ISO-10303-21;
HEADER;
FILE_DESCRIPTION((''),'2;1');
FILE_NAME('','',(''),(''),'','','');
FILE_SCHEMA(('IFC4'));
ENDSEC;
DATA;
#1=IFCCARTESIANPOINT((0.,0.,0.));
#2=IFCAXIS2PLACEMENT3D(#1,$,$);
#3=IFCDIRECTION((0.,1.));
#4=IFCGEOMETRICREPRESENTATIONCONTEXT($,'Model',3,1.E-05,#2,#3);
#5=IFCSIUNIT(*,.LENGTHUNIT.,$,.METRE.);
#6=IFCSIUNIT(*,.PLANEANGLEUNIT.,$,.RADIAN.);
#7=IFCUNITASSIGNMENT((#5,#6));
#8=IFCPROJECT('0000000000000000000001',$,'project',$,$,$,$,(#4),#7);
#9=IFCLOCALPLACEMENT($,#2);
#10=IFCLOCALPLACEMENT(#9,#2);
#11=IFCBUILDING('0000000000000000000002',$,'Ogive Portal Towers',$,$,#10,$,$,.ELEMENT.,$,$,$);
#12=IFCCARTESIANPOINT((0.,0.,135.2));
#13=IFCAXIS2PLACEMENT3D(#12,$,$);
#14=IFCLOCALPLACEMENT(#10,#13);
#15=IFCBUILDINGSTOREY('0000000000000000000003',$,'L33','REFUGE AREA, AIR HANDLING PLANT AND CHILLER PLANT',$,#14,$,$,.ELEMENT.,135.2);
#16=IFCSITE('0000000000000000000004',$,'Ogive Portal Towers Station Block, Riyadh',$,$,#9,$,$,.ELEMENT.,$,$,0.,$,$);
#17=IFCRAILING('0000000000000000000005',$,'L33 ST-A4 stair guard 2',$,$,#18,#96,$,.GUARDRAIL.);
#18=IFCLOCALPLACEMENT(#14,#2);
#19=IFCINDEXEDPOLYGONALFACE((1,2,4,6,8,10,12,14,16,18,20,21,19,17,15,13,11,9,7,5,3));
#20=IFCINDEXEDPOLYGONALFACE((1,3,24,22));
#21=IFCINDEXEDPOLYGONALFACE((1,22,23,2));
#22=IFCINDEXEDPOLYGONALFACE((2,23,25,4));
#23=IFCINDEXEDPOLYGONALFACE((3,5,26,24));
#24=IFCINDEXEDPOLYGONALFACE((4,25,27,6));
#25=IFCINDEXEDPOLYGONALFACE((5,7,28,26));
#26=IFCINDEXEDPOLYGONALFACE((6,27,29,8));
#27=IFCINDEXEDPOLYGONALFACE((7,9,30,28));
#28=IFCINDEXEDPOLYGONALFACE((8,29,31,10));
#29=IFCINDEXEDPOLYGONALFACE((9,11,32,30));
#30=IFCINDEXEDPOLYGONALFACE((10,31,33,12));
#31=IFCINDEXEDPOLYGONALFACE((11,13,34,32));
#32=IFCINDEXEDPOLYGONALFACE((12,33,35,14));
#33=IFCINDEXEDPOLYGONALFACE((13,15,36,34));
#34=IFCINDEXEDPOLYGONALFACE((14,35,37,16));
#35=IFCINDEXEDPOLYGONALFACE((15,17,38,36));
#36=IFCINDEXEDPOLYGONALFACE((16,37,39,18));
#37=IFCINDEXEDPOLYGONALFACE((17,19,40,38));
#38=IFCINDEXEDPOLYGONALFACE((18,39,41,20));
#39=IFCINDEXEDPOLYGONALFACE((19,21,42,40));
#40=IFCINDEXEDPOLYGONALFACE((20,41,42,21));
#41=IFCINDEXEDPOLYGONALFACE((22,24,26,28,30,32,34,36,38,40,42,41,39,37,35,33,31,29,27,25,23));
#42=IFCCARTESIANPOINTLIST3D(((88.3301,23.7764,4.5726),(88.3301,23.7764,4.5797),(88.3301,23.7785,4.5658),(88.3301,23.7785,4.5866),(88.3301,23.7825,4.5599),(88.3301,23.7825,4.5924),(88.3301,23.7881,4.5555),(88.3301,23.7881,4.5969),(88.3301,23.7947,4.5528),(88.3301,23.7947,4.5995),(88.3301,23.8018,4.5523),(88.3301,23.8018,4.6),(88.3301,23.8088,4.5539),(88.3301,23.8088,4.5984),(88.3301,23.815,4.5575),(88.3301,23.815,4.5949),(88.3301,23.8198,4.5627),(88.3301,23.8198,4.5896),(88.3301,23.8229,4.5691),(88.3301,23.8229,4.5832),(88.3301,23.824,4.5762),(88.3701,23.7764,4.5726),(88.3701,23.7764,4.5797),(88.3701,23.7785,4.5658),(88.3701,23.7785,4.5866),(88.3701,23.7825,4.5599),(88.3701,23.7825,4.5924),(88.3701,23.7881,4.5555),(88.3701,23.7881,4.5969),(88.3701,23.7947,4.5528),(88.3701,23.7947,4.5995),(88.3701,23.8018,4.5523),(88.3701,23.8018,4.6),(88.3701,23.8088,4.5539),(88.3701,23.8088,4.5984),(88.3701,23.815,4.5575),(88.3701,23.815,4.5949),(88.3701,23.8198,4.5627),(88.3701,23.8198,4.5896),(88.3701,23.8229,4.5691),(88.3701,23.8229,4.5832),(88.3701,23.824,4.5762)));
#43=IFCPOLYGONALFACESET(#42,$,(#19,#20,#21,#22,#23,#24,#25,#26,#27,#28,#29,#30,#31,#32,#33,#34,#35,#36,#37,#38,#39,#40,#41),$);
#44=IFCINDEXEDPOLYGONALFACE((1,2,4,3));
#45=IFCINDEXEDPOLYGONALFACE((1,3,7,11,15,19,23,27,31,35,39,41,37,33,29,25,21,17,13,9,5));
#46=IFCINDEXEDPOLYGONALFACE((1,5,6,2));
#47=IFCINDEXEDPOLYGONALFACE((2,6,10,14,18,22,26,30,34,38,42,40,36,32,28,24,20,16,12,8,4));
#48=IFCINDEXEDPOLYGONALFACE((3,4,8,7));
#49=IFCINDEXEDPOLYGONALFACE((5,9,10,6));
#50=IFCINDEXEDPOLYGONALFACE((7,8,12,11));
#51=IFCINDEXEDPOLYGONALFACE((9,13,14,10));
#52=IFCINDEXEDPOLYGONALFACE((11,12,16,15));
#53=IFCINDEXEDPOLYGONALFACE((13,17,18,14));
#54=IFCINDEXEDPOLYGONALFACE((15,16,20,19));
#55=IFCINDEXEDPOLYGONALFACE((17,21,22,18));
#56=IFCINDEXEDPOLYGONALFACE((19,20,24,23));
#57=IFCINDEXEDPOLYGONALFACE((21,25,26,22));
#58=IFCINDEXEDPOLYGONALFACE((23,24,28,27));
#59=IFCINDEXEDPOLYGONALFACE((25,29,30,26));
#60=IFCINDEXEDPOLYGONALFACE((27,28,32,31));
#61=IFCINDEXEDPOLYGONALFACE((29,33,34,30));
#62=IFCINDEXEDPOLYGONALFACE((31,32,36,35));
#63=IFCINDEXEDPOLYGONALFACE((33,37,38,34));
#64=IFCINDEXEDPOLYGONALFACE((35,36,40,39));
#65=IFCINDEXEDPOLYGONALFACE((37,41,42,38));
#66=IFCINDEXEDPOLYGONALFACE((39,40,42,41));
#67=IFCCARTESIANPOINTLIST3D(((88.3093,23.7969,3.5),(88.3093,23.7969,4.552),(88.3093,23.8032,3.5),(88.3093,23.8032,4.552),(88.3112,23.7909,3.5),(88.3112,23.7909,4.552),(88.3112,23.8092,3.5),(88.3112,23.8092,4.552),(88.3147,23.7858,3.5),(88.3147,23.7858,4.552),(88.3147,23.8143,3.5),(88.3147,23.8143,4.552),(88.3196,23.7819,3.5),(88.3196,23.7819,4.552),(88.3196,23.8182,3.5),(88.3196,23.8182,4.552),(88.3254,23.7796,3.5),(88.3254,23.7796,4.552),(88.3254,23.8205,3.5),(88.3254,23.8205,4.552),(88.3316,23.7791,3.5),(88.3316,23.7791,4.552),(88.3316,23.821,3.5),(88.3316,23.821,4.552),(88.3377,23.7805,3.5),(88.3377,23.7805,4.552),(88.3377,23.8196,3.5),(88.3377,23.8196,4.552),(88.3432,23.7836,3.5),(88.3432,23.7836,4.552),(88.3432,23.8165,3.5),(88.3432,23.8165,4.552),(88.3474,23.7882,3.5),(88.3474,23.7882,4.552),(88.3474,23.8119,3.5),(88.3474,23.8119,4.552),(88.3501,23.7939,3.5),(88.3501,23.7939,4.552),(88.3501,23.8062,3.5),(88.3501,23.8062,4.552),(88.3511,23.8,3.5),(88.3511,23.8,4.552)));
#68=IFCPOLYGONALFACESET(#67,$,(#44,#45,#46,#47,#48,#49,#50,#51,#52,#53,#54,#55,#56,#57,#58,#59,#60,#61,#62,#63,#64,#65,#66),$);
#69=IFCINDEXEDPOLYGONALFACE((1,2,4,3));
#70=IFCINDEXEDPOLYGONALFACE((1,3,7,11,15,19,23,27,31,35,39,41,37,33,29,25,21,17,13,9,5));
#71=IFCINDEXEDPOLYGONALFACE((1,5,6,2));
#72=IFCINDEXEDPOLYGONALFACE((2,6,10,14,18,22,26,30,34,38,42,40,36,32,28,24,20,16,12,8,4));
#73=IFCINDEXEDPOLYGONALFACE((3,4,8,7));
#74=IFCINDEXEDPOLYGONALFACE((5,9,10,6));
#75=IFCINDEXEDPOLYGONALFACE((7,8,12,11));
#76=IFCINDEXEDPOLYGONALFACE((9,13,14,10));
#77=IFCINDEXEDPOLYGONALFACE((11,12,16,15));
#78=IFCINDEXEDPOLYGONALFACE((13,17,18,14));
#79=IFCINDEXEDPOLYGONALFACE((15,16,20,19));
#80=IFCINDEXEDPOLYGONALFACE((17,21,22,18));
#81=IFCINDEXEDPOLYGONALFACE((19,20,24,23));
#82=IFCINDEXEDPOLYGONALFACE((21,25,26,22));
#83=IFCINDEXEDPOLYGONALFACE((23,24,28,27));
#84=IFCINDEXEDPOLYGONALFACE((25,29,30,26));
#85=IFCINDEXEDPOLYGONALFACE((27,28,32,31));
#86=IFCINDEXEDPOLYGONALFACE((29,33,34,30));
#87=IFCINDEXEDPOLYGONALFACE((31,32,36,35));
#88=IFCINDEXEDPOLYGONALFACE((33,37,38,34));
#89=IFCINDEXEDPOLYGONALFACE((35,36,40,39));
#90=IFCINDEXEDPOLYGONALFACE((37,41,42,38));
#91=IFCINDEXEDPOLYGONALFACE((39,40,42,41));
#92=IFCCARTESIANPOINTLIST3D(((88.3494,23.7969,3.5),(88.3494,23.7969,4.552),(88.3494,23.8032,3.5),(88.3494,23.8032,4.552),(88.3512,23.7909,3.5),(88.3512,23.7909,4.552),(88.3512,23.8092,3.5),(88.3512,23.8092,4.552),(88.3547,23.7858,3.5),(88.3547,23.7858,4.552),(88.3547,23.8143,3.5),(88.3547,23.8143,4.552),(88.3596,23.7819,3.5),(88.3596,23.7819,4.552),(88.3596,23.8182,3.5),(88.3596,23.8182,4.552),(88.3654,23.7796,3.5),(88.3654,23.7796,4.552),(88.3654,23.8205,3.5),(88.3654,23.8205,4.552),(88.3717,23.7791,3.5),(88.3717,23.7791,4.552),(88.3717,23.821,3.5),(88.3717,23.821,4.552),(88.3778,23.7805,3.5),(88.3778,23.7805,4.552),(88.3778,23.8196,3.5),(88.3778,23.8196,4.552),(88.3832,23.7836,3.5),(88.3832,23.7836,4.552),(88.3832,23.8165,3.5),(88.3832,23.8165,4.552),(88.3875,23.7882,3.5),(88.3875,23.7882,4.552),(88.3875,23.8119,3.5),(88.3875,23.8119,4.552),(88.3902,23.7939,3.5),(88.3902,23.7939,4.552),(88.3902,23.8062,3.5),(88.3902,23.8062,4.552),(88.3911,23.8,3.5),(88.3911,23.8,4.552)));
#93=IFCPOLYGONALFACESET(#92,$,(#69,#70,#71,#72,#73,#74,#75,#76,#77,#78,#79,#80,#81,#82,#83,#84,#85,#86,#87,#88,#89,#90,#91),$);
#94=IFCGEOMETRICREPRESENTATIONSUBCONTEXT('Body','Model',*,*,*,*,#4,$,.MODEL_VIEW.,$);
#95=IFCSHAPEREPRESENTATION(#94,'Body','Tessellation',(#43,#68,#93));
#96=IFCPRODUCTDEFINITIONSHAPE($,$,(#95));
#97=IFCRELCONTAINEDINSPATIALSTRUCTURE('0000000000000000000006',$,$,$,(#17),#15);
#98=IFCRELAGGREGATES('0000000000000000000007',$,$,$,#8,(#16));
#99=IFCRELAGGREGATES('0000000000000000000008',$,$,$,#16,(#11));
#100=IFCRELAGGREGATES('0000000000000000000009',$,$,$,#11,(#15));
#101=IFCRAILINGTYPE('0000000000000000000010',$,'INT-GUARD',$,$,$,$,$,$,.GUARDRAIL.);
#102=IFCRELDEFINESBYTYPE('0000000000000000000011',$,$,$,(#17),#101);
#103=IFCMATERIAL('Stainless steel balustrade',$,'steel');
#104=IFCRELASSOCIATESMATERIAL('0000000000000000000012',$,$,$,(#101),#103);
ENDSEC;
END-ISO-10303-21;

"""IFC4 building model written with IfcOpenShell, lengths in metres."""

from ifc_helpers import new_model, si_unit, direction, frame, origin, origin_2d, place, context, subcontext, project, spatial, circle, extrude, material, type_object, element, save


model = new_model("IFC4")

# Units and contexts
model_context = context("Model", 3, precision=1e-05, world=origin(), true_north=direction((0.0, 1.0)))
body_context = subcontext(model_context, "Body", "Model", "MODEL_VIEW")
ifc_project = project(units=[si_unit("LENGTHUNIT", "METRE"), si_unit("PLANEANGLEUNIT", "RADIAN")], contexts=[model_context])

# Site, building, storey
site_placement = place(None, origin())
site = spatial("IfcSite", under=ifc_project, at=site_placement, Name="Ogive Portal Towers Station Block, Riyadh", CompositionType="ELEMENT", RefElevation=0.0)
building_placement = place(site_placement, origin())
building = spatial("IfcBuilding", under=site, at=building_placement, Name="Ogive Portal Towers", CompositionType="ELEMENT")
storey_placement = place(building_placement, frame((0.0, 0.0, 135.2)))
storey = spatial("IfcBuildingStorey", under=building, at=storey_placement, Name="L33", Description="REFUGE AREA, AIR HANDLING PLANT AND CHILLER PLANT", CompositionType="ELEMENT", Elevation=135.2)

# Railing
ifc_material_1 = material(Name="Stainless steel balustrade", Category="steel")
railing_type_1 = type_object("IfcRailingType", Name="INT-GUARD", PredefinedType="GUARDRAIL", material=ifc_material_1)
railing_1_placement = place(storey_placement, frame((88.3301, 23.8, 3.5)))
element("IfcRailing", 1, at=railing_1_placement, inside=storey, type_object=railing_type_1, Name="L33 ST-A4 stair guard 2", PredefinedType="GUARDRAIL", context=body_context, shape_type="SweptSolid", body=[
    extrude(circle(Radius=0.0239, at=origin_2d()), frame((0.0, 0.0, 1.0762), z_axis=(1.0, 0.0, 0.0), x_axis=(0.0, 1.0, 0.0)), (0.0, 0.0, 1.0), 0.04),
    extrude(circle(Radius=0.021, at=origin_2d()), origin(), (0.0, 0.0, 1.0), 1.052),
    extrude(circle(Radius=0.021, at=origin_2d()), frame((0.04, 0.0, 0.0)), (0.0, 0.0, 1.0), 1.052),
])

save(model, "model.ifc")
